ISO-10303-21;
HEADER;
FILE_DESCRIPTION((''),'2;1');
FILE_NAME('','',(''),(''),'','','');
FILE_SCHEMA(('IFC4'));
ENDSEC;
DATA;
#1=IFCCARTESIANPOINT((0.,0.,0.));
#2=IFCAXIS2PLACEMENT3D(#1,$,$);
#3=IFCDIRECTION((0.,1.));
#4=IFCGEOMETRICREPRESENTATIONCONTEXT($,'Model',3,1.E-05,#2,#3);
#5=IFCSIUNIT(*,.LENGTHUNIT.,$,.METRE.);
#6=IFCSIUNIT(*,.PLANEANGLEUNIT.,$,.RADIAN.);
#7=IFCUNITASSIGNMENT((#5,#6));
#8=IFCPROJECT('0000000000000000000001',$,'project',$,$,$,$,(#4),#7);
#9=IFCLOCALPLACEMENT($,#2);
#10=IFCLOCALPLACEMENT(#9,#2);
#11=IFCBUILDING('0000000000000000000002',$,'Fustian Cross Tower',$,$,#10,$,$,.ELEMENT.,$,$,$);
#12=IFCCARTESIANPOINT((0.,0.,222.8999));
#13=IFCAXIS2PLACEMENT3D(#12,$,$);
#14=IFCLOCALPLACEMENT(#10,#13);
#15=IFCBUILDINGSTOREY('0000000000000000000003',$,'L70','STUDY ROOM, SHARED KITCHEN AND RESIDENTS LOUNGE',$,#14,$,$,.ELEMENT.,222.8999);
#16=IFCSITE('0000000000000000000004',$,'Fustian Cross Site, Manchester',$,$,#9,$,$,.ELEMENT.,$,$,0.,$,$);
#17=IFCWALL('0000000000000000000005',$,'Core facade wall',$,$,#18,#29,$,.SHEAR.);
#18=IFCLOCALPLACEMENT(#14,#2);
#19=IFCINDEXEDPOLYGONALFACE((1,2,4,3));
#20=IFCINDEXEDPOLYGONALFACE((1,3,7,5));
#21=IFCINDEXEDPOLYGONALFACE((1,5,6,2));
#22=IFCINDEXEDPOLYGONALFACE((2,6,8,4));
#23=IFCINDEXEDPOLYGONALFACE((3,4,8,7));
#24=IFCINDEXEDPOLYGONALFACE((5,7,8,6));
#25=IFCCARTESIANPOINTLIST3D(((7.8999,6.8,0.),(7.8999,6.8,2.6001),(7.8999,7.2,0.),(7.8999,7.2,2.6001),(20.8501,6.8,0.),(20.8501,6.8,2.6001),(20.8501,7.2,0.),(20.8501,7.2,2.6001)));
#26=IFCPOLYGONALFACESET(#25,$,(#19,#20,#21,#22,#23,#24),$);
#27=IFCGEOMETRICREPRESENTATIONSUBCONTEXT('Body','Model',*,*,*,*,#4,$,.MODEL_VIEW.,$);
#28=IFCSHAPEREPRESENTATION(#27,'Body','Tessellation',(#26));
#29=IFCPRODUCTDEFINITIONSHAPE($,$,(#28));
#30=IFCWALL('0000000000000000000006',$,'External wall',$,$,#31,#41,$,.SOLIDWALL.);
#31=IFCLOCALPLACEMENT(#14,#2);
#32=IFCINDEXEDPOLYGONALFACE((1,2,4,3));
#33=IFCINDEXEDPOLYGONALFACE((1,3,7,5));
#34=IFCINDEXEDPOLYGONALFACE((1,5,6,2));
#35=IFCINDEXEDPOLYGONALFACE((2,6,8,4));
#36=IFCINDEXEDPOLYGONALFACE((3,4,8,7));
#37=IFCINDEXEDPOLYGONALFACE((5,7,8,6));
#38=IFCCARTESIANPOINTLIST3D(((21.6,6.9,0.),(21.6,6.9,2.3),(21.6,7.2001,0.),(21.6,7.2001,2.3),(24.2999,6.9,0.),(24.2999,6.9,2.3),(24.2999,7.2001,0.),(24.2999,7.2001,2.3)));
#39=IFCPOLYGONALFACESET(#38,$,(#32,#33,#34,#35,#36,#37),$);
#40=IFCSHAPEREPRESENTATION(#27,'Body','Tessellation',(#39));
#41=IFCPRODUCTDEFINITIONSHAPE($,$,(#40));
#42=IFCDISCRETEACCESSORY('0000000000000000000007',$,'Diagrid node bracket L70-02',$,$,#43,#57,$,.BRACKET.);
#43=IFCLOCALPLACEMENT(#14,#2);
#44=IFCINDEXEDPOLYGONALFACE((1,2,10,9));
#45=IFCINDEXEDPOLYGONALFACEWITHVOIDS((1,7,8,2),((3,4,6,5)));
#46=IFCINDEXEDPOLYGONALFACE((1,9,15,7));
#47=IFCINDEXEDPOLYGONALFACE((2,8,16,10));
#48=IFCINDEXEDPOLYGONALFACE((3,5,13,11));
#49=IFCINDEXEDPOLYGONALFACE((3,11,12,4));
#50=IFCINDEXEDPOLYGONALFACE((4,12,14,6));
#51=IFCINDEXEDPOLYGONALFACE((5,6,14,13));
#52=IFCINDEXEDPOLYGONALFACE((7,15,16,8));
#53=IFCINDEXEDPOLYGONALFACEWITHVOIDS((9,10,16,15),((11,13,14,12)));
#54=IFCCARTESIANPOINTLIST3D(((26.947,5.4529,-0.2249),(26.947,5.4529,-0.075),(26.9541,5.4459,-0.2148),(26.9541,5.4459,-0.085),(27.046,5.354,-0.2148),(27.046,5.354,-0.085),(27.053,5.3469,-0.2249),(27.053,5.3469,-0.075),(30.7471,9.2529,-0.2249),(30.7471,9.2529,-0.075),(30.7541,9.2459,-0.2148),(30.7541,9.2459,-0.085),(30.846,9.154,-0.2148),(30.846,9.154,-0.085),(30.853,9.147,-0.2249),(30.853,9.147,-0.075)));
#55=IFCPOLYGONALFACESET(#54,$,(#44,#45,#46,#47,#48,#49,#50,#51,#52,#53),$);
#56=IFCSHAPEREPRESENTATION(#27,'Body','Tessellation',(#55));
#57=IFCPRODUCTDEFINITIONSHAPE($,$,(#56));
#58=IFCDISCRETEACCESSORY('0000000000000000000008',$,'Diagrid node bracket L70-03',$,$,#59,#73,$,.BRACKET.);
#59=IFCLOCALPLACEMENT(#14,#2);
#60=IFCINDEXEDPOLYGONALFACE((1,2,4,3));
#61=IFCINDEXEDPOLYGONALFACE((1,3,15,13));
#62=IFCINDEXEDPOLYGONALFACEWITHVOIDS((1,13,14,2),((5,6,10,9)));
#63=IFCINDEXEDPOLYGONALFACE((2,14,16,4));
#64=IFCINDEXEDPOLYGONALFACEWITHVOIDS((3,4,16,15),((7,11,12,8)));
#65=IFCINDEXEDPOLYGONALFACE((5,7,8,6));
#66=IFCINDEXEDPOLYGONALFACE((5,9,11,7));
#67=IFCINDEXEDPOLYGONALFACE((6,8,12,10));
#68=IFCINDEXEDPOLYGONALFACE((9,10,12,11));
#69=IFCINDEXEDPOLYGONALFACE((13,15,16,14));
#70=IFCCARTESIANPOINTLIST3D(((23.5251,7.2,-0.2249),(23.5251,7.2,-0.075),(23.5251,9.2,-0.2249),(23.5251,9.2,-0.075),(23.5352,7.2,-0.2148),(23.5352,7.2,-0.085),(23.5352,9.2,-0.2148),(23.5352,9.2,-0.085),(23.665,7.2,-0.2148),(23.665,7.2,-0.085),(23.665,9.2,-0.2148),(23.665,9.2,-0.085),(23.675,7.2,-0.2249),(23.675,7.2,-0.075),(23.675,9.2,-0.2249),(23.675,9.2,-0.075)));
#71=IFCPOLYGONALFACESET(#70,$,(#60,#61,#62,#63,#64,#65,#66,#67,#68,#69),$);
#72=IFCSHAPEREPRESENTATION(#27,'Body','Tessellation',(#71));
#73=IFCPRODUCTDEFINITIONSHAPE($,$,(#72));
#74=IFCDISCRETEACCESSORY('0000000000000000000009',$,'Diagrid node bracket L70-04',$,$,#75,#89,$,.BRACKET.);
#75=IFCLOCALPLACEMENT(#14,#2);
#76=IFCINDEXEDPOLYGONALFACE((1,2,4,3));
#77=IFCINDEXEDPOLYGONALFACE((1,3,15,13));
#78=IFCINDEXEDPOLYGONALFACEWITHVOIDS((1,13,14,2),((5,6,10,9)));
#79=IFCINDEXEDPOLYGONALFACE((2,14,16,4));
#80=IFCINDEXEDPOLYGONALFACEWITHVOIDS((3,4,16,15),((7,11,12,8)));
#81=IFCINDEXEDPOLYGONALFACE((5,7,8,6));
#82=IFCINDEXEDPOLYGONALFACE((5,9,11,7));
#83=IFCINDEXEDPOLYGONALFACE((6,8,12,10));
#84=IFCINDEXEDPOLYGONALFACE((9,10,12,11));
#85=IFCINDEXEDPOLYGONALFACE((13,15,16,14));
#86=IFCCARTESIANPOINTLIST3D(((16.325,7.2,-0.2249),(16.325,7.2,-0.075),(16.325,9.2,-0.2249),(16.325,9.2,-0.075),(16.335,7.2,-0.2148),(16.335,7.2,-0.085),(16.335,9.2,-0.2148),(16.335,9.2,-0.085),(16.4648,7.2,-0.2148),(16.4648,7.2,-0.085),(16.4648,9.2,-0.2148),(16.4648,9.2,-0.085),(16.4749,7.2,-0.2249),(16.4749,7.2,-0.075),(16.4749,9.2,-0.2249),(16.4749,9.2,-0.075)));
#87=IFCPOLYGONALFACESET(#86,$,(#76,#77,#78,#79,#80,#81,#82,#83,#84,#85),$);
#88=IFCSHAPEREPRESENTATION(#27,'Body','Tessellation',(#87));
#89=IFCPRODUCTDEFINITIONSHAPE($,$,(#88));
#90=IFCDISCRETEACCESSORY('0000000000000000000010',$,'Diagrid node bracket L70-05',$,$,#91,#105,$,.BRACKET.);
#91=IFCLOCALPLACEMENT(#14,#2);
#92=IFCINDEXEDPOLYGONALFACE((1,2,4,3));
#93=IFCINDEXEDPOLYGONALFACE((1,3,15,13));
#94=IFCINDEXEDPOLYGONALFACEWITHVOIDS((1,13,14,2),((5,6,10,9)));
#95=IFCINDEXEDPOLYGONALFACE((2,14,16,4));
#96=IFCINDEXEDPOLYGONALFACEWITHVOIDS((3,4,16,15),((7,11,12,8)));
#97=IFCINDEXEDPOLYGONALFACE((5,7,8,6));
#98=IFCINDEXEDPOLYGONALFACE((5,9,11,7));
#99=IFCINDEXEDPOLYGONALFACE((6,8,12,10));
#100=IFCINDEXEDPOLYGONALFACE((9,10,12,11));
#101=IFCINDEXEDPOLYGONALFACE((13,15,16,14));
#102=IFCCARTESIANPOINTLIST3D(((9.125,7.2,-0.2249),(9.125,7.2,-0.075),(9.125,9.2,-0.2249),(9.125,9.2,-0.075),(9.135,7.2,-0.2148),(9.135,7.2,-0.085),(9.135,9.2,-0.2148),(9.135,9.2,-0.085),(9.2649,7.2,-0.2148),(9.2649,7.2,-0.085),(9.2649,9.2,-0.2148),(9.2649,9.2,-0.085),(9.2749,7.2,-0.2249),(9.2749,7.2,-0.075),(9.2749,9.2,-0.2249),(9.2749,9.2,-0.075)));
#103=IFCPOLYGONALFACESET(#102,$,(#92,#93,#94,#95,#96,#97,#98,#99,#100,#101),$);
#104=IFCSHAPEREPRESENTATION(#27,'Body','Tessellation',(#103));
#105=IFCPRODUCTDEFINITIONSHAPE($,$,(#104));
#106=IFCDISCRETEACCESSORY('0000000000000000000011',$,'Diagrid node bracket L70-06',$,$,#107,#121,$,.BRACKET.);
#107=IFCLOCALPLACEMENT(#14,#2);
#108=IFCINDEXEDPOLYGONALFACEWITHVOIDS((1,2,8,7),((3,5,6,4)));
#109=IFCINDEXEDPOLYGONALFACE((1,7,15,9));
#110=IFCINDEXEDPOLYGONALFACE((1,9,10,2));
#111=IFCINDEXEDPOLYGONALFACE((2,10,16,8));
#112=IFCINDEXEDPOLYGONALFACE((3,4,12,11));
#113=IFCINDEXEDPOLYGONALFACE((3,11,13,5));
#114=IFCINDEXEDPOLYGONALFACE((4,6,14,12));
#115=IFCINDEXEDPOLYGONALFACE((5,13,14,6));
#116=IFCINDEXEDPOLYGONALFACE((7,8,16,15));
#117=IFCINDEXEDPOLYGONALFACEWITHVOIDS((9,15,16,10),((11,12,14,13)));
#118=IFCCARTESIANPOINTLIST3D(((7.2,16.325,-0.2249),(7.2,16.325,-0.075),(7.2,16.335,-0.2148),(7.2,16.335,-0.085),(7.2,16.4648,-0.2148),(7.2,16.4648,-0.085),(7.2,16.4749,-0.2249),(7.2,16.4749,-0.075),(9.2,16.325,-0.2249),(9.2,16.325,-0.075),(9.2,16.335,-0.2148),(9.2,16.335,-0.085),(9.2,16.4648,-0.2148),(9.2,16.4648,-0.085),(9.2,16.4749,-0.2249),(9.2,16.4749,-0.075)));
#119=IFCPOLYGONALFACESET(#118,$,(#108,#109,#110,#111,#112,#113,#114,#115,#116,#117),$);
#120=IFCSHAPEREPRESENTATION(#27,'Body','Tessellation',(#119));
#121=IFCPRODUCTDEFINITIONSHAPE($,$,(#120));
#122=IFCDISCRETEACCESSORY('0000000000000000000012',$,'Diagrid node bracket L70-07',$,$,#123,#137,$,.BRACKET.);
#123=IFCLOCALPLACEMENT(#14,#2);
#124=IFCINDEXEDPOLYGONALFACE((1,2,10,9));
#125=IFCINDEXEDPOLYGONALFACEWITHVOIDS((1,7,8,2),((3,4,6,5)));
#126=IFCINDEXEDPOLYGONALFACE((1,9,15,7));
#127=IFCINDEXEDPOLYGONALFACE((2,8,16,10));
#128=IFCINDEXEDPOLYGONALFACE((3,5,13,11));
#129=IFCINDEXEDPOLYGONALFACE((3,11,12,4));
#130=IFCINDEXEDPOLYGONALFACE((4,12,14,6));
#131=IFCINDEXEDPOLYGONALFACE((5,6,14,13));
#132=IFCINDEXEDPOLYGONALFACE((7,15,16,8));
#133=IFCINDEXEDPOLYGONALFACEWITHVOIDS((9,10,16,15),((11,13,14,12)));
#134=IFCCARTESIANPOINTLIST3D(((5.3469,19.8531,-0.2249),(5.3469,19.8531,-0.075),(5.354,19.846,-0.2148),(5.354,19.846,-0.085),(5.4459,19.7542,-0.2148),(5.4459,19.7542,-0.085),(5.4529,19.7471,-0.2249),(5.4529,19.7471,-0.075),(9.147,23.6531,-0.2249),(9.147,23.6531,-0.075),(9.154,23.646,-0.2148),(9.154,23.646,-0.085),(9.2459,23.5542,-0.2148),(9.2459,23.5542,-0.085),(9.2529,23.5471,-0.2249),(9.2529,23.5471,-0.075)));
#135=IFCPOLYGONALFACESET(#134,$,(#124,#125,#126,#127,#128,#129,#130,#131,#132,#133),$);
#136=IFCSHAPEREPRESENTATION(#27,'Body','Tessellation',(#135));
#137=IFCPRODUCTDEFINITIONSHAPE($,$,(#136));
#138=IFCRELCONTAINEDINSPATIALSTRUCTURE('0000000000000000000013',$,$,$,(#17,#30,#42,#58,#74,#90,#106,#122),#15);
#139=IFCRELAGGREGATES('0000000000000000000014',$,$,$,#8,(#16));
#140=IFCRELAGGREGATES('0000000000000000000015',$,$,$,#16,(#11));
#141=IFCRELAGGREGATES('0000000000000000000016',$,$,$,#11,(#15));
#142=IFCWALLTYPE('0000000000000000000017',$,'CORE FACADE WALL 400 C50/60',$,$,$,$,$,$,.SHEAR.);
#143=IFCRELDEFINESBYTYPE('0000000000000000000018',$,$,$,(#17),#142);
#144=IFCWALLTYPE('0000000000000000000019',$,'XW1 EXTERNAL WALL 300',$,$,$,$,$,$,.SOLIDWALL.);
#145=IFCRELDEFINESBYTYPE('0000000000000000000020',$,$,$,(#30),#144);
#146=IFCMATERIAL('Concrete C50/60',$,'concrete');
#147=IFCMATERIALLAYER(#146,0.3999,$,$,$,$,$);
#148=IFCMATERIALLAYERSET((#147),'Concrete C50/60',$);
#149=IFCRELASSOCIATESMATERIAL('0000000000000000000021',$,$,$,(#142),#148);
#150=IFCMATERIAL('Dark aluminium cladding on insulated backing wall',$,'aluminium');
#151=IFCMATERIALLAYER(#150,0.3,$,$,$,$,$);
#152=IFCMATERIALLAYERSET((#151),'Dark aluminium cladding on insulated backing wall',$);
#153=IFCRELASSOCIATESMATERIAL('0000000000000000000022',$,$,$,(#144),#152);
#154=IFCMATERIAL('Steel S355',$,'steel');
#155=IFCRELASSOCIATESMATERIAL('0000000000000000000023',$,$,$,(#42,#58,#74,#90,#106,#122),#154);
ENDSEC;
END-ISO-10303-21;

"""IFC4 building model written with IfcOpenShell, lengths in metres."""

from ifc_helpers import new_model, si_unit, direction, frame, frame_2d, origin, origin_2d, place, context, subcontext, project, spatial, rectangle, hollow_rectangle, extrude, material, layer, layer_set, type_object, element, save


model = new_model("IFC4")

# Units and contexts
model_context = context("Model", 3, precision=1e-05, world=origin(), true_north=direction((0.0, 1.0)))
body_context = subcontext(model_context, "Body", "Model", "MODEL_VIEW")
ifc_project = project(units=[si_unit("LENGTHUNIT", "METRE"), si_unit("PLANEANGLEUNIT", "RADIAN")], contexts=[model_context])

# Site, building, storey
site_placement = place(None, origin())
site = spatial("IfcSite", under=ifc_project, at=site_placement, Name="Fustian Cross Site, Manchester", CompositionType="ELEMENT", RefElevation=0.0)
building_placement = place(site_placement, origin())
building = spatial("IfcBuilding", under=site, at=building_placement, Name="Fustian Cross Tower", CompositionType="ELEMENT")
storey_placement = place(building_placement, frame((0.0, 0.0, 222.8999)))
storey = spatial("IfcBuildingStorey", under=building, at=storey_placement, Name="L70", Description="STUDY ROOM, SHARED KITCHEN AND RESIDENTS LOUNGE", CompositionType="ELEMENT", Elevation=222.8999)

# Walls
ifc_material_1 = material(Name="Concrete C50/60", Category="concrete")
ifc_layer_1 = layer(ifc_material_1, 0.3999)
ifc_layer_set_1 = layer_set([ifc_layer_1], Name="Concrete C50/60")
wall_type_1 = type_object("IfcWallType", Name="CORE FACADE WALL 400 C50/60", PredefinedType="SHEAR", material=ifc_layer_set_1)
wall_1_placement = place(storey_placement, frame((7.8999, 7.0, 0.0), z_axis=(0.0, 0.0, 1.0), x_axis=(1.0, 0.0, 0.0)))
element("IfcWall", 1, at=wall_1_placement, inside=storey, type_object=wall_type_1, Name="Core facade wall", PredefinedType="SHEAR", context=body_context, shape_type="SweptSolid", body=[
    extrude(rectangle(XDim=12.9502, YDim=0.3999, at=frame_2d((6.4751, 0.0))), origin(), (0.0, 0.0, 1.0), 2.6001),
])
ifc_material_2 = material(Name="Dark aluminium cladding on insulated backing wall", Category="aluminium")
ifc_layer_2 = layer(ifc_material_2, 0.3)
ifc_layer_set_2 = layer_set([ifc_layer_2], Name="Dark aluminium cladding on insulated backing wall")
wall_type_2 = type_object("IfcWallType", Name="XW1 EXTERNAL WALL 300", PredefinedType="SOLIDWALL", material=ifc_layer_set_2)
wall_2_placement = place(storey_placement, frame((24.3, 7.05, 0.0), z_axis=(0.0, 0.0, 1.0), x_axis=(-1.0, 0.0, 0.0)))
element("IfcWall", 2, at=wall_2_placement, inside=storey, type_object=wall_type_2, Name="External wall", PredefinedType="SOLIDWALL", context=body_context, shape_type="SweptSolid", body=[
    extrude(rectangle(XDim=2.7, YDim=0.3, at=frame_2d((1.3501, 0.0))), origin(), (0.0, 0.0, 1.0), 2.3),
])

# Discrete accessories
ifc_material_3 = material(Name="Steel S355", Category="steel")
discrete_accessory_1_placement = place(storey_placement, frame((30.8, 9.2, -0.1499), z_axis=(-0.707107, -0.707107, 0.0), x_axis=(0.707107, -0.707107, 0.0)))
element("IfcDiscreteAccessory", 3, at=discrete_accessory_1_placement, inside=storey, material=ifc_material_3, Name="Diagrid node bracket L70-02", PredefinedType="BRACKET", context=body_context, shape_type="SweptSolid", body=[
    extrude(hollow_rectangle(XDim=0.1499, YDim=0.1499, WallThickness=0.01, at=origin_2d()), origin(), (0.0, 0.0, 1.0), 5.374),
])
for number, where, z_axis, x_axis, name in (
    (4, (23.6001, 9.2, -0.1499), (0.0, -1.0, 0.0), (1.0, 0.0, 0.0), "Diagrid node bracket L70-03"),
    (5, (16.3999, 9.2, -0.1499), (0.0, -1.0, 0.0), (1.0, 0.0, 0.0), "Diagrid node bracket L70-04"),
    (6, (9.2, 9.2, -0.1499), (0.0, -1.0, 0.0), (1.0, 0.0, 0.0), "Diagrid node bracket L70-05"),
    (7, (9.2, 16.3999, -0.1499), (-1.0, 0.0, 0.0), (0.0, -1.0, 0.0), "Diagrid node bracket L70-06"),
):
    element("IfcDiscreteAccessory", number, at=place(storey_placement, frame(where, z_axis=z_axis, x_axis=x_axis)), inside=storey, material=ifc_material_3, Name=name, PredefinedType="BRACKET", context=body_context, shape_type="SweptSolid", body=[
        extrude(hollow_rectangle(XDim=0.1499, YDim=0.1499, WallThickness=0.01, at=origin_2d()), origin(), (0.0, 0.0, 1.0), 2.0),
    ])
discrete_accessory_2_placement = place(storey_placement, frame((9.2, 23.6001, -0.1499), z_axis=(-0.707107, -0.707107, 0.0), x_axis=(0.707107, -0.707107, 0.0)))
element("IfcDiscreteAccessory", 8, at=discrete_accessory_2_placement, inside=storey, material=ifc_material_3, Name="Diagrid node bracket L70-07", PredefinedType="BRACKET", context=body_context, shape_type="SweptSolid", body=[
    extrude(hollow_rectangle(XDim=0.1499, YDim=0.1499, WallThickness=0.01, at=origin_2d()), origin(), (0.0, 0.0, 1.0), 5.374),
])

save(model, "model.ifc")
